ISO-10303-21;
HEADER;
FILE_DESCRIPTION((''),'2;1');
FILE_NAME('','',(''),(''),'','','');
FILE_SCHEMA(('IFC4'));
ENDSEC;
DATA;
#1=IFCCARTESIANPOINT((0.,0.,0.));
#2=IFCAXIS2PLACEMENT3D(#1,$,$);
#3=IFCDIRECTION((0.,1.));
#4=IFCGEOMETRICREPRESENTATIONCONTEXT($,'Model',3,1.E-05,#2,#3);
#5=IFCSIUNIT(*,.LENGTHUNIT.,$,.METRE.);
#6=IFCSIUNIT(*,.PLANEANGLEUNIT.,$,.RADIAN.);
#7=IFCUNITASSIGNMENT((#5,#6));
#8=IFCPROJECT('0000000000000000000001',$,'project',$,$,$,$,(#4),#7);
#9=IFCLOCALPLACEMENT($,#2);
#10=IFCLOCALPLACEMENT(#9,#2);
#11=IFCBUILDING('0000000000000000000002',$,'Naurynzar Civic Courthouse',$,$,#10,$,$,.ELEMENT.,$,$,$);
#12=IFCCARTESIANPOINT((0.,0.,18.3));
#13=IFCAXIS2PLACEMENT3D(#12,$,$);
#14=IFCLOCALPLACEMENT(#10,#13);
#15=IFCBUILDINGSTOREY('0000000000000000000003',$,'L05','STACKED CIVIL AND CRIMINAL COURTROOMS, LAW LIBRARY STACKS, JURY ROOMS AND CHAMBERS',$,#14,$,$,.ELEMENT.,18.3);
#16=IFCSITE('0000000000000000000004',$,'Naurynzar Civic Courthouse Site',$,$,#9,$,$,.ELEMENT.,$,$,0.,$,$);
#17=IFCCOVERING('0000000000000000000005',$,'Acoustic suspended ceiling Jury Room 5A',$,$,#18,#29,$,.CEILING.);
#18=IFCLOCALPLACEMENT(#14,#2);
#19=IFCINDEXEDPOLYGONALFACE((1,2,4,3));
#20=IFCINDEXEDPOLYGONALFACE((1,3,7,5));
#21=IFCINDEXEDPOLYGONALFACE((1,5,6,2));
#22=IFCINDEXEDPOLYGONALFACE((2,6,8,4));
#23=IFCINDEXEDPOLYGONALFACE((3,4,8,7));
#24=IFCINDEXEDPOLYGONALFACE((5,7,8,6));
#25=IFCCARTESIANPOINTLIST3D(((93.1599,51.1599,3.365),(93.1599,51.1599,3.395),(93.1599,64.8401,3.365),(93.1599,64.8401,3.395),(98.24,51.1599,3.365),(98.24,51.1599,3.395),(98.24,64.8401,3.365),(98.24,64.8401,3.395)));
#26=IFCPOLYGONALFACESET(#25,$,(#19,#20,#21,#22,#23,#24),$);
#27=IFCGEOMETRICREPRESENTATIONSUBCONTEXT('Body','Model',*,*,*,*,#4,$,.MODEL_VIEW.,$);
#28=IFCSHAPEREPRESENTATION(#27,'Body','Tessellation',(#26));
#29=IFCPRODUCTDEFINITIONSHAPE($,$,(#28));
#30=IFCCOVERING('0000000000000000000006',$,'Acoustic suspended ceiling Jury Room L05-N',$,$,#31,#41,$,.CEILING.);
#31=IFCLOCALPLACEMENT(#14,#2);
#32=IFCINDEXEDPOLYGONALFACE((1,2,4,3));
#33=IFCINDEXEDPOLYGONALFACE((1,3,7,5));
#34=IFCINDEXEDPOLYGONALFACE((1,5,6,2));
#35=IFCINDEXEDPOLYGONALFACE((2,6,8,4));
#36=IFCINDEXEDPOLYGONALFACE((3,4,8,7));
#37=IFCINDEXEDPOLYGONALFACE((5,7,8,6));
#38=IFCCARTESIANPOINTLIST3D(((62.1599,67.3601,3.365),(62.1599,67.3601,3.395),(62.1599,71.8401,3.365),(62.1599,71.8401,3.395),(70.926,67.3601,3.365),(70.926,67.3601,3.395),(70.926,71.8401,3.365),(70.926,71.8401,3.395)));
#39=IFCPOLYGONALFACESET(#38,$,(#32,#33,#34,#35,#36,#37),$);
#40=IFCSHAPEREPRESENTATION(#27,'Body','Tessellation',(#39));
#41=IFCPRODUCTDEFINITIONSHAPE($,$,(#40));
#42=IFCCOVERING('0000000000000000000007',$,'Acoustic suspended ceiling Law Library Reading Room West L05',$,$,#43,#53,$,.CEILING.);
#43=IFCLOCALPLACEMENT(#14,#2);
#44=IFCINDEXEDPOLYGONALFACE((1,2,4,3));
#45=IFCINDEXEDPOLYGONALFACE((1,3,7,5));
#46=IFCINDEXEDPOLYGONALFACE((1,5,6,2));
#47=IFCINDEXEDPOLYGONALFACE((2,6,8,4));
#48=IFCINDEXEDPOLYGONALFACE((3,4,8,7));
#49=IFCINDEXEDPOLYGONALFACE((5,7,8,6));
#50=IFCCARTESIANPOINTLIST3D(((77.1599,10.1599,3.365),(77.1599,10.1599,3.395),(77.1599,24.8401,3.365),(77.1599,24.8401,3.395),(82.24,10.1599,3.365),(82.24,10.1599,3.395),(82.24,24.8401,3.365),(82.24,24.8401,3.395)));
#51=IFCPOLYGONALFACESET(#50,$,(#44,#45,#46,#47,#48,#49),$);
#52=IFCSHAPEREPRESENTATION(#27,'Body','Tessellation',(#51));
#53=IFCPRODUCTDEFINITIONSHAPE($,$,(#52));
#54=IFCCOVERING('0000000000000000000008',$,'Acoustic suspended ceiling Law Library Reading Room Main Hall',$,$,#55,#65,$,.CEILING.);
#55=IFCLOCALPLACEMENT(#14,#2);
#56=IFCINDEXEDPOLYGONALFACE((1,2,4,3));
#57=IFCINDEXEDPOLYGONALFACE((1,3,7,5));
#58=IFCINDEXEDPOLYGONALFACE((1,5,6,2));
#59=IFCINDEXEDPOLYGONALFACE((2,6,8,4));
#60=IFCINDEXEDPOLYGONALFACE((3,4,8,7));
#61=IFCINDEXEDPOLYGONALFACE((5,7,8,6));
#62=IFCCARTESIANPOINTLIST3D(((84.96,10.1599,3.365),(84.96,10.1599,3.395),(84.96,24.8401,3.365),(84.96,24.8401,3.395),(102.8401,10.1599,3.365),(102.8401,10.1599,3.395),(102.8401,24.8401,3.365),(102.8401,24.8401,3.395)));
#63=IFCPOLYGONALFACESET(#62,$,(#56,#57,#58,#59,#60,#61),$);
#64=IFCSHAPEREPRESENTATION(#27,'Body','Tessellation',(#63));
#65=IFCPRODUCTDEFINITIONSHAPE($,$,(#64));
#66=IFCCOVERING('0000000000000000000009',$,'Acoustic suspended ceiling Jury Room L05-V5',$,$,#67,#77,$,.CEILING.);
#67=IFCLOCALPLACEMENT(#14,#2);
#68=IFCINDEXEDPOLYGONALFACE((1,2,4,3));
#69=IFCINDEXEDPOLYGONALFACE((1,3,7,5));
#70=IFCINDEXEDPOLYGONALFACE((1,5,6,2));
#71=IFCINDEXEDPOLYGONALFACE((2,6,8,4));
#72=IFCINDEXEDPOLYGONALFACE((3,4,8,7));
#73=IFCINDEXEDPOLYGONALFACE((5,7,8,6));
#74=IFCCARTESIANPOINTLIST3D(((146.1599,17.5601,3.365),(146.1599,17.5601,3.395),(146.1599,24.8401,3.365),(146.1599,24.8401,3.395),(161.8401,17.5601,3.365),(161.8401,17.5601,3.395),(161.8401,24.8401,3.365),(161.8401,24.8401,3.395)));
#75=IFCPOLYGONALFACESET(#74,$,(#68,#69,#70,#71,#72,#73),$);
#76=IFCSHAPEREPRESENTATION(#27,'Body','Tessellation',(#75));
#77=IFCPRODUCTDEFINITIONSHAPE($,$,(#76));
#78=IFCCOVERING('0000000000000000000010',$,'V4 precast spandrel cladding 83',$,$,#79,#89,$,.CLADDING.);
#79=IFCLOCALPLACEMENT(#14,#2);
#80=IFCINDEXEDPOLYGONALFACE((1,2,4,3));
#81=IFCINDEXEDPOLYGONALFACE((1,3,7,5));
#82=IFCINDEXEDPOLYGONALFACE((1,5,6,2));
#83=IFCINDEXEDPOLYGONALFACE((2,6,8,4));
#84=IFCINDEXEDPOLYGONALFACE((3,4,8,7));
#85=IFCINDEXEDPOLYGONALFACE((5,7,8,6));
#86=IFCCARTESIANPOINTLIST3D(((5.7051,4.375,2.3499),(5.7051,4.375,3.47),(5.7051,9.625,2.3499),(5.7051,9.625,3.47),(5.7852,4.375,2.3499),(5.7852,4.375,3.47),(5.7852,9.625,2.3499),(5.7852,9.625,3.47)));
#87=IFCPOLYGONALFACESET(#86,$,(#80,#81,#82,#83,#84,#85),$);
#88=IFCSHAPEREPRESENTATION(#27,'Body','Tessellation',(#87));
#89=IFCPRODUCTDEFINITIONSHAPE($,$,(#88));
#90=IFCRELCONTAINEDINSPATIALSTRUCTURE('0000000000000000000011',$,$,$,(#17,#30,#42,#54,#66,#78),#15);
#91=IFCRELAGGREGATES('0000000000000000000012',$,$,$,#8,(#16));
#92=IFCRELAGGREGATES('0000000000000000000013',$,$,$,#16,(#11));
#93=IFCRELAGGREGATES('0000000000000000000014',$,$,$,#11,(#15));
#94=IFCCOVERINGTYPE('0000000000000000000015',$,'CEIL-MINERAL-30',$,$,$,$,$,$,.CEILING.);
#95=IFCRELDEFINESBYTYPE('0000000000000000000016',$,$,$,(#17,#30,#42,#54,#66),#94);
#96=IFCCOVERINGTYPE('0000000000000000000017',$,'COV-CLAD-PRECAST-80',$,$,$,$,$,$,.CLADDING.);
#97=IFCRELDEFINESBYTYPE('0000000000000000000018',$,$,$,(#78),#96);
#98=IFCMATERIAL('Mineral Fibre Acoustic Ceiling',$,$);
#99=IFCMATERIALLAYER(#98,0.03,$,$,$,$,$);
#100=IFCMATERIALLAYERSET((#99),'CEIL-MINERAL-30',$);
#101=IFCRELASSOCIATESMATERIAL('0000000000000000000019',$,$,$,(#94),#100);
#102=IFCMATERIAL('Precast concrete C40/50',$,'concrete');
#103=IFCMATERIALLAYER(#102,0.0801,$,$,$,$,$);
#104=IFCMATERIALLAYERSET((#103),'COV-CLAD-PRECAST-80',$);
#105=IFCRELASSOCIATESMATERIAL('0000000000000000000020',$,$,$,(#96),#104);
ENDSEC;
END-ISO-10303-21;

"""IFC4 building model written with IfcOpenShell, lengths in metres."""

from ifc_helpers import new_model, si_unit, direction, frame, origin, origin_2d, place, context, subcontext, project, spatial, polyline, rectangle, outline, extrude, material, layer, layer_set, type_object, element, save


model = new_model("IFC4")

# Units and contexts
model_context = context("Model", 3, precision=1e-05, world=origin(), true_north=direction((0.0, 1.0)))
body_context = subcontext(model_context, "Body", "Model", "MODEL_VIEW")
ifc_project = project(units=[si_unit("LENGTHUNIT", "METRE"), si_unit("PLANEANGLEUNIT", "RADIAN")], contexts=[model_context])

# Site, building, storey
site_placement = place(None, origin())
site = spatial("IfcSite", under=ifc_project, at=site_placement, Name="Naurynzar Civic Courthouse Site", CompositionType="ELEMENT", RefElevation=0.0)
building_placement = place(site_placement, origin())
building = spatial("IfcBuilding", under=site, at=building_placement, Name="Naurynzar Civic Courthouse", CompositionType="ELEMENT")
storey_placement = place(building_placement, frame((0.0, 0.0, 18.3)))
storey = spatial("IfcBuildingStorey", under=building, at=storey_placement, Name="L05", Description="STACKED CIVIL AND CRIMINAL COURTROOMS, LAW LIBRARY STACKS, JURY ROOMS AND CHAMBERS", CompositionType="ELEMENT", Elevation=18.3)

# Coverings
ifc_material_1 = material(Name="Mineral Fibre Acoustic Ceiling")
ifc_layer_1 = layer(ifc_material_1, 0.03)
ifc_layer_set_1 = layer_set([ifc_layer_1], Name="CEIL-MINERAL-30")
covering_type_1 = type_object("IfcCoveringType", Name="CEIL-MINERAL-30", PredefinedType="CEILING", material=ifc_layer_set_1)
covering_1_placement = place(storey_placement, frame((0.0, 0.0, 3.365)))
element("IfcCovering", 1, at=covering_1_placement, inside=storey, type_object=covering_type_1, Name="Acoustic suspended ceiling Jury Room 5A", PredefinedType="CEILING", context=body_context, shape_type="SweptSolid", body=[
    extrude(outline(polyline([(93.1599, 51.1599), (93.1599, 64.8401), (98.24, 64.8401), (98.24, 51.1599), (93.1599, 51.1599)])), origin(), (0.0, 0.0, 1.0), 0.03),
])
covering_2_placement = place(storey_placement, frame((0.0, 0.0, 3.365)))
element("IfcCovering", 2, at=covering_2_placement, inside=storey, type_object=covering_type_1, Name="Acoustic suspended ceiling Jury Room L05-N", PredefinedType="CEILING", context=body_context, shape_type="SweptSolid", body=[
    extrude(outline(polyline([(62.1599, 67.3601), (62.1599, 71.8401), (70.926, 71.8401), (70.926, 67.3601), (62.1599, 67.3601)])), origin(), (0.0, 0.0, 1.0), 0.03),
])
covering_3_placement = place(storey_placement, frame((0.0, 0.0, 3.365)))
element("IfcCovering", 3, at=covering_3_placement, inside=storey, type_object=covering_type_1, Name="Acoustic suspended ceiling Law Library Reading Room West L05", PredefinedType="CEILING", context=body_context, shape_type="SweptSolid", body=[
    extrude(outline(polyline([(82.24, 10.1599), (77.1599, 10.1599), (77.1599, 24.8401), (82.24, 24.8401), (82.24, 10.1599)])), origin(), (0.0, 0.0, 1.0), 0.03),
])
covering_4_placement = place(storey_placement, frame((0.0, 0.0, 3.365)))
element("IfcCovering", 4, at=covering_4_placement, inside=storey, type_object=covering_type_1, Name="Acoustic suspended ceiling Law Library Reading Room Main Hall", PredefinedType="CEILING", context=body_context, shape_type="SweptSolid", body=[
    extrude(outline(polyline([(102.8401, 10.1599), (84.96, 10.1599), (84.96, 24.8401), (102.8401, 24.8401), (102.8401, 10.1599)])), origin(), (0.0, 0.0, 1.0), 0.03),
])
covering_5_placement = place(storey_placement, frame((0.0, 0.0, 3.365)))
element("IfcCovering", 5, at=covering_5_placement, inside=storey, type_object=covering_type_1, Name="Acoustic suspended ceiling Jury Room L05-V5", PredefinedType="CEILING", context=body_context, shape_type="SweptSolid", body=[
    extrude(outline(polyline([(146.1599, 17.5601), (146.1599, 24.8401), (161.8401, 24.8401), (161.8401, 17.5601), (146.1599, 17.5601)])), origin(), (0.0, 0.0, 1.0), 0.03),
])
ifc_material_2 = material(Name="Precast concrete C40/50", Category="concrete")
ifc_layer_2 = layer(ifc_material_2, 0.0801)
ifc_layer_set_2 = layer_set([ifc_layer_2], Name="COV-CLAD-PRECAST-80")
covering_type_2 = type_object("IfcCoveringType", Name="COV-CLAD-PRECAST-80", PredefinedType="CLADDING", material=ifc_layer_set_2)
covering_6_placement = place(storey_placement, frame((5.7451, 7.0, 2.3499), z_axis=(0.0, 0.0, 1.0), x_axis=(0.0, 1.0, 0.0)))
element("IfcCovering", 6, at=covering_6_placement, inside=storey, type_object=covering_type_2, Name="V4 precast spandrel cladding 83", PredefinedType="CLADDING", context=body_context, shape_type="SweptSolid", body=[
    extrude(rectangle(XDim=5.25, YDim=0.0801, at=origin_2d()), origin(), (0.0, 0.0, 1.0), 1.1201),
])

save(model, "model.ifc")
